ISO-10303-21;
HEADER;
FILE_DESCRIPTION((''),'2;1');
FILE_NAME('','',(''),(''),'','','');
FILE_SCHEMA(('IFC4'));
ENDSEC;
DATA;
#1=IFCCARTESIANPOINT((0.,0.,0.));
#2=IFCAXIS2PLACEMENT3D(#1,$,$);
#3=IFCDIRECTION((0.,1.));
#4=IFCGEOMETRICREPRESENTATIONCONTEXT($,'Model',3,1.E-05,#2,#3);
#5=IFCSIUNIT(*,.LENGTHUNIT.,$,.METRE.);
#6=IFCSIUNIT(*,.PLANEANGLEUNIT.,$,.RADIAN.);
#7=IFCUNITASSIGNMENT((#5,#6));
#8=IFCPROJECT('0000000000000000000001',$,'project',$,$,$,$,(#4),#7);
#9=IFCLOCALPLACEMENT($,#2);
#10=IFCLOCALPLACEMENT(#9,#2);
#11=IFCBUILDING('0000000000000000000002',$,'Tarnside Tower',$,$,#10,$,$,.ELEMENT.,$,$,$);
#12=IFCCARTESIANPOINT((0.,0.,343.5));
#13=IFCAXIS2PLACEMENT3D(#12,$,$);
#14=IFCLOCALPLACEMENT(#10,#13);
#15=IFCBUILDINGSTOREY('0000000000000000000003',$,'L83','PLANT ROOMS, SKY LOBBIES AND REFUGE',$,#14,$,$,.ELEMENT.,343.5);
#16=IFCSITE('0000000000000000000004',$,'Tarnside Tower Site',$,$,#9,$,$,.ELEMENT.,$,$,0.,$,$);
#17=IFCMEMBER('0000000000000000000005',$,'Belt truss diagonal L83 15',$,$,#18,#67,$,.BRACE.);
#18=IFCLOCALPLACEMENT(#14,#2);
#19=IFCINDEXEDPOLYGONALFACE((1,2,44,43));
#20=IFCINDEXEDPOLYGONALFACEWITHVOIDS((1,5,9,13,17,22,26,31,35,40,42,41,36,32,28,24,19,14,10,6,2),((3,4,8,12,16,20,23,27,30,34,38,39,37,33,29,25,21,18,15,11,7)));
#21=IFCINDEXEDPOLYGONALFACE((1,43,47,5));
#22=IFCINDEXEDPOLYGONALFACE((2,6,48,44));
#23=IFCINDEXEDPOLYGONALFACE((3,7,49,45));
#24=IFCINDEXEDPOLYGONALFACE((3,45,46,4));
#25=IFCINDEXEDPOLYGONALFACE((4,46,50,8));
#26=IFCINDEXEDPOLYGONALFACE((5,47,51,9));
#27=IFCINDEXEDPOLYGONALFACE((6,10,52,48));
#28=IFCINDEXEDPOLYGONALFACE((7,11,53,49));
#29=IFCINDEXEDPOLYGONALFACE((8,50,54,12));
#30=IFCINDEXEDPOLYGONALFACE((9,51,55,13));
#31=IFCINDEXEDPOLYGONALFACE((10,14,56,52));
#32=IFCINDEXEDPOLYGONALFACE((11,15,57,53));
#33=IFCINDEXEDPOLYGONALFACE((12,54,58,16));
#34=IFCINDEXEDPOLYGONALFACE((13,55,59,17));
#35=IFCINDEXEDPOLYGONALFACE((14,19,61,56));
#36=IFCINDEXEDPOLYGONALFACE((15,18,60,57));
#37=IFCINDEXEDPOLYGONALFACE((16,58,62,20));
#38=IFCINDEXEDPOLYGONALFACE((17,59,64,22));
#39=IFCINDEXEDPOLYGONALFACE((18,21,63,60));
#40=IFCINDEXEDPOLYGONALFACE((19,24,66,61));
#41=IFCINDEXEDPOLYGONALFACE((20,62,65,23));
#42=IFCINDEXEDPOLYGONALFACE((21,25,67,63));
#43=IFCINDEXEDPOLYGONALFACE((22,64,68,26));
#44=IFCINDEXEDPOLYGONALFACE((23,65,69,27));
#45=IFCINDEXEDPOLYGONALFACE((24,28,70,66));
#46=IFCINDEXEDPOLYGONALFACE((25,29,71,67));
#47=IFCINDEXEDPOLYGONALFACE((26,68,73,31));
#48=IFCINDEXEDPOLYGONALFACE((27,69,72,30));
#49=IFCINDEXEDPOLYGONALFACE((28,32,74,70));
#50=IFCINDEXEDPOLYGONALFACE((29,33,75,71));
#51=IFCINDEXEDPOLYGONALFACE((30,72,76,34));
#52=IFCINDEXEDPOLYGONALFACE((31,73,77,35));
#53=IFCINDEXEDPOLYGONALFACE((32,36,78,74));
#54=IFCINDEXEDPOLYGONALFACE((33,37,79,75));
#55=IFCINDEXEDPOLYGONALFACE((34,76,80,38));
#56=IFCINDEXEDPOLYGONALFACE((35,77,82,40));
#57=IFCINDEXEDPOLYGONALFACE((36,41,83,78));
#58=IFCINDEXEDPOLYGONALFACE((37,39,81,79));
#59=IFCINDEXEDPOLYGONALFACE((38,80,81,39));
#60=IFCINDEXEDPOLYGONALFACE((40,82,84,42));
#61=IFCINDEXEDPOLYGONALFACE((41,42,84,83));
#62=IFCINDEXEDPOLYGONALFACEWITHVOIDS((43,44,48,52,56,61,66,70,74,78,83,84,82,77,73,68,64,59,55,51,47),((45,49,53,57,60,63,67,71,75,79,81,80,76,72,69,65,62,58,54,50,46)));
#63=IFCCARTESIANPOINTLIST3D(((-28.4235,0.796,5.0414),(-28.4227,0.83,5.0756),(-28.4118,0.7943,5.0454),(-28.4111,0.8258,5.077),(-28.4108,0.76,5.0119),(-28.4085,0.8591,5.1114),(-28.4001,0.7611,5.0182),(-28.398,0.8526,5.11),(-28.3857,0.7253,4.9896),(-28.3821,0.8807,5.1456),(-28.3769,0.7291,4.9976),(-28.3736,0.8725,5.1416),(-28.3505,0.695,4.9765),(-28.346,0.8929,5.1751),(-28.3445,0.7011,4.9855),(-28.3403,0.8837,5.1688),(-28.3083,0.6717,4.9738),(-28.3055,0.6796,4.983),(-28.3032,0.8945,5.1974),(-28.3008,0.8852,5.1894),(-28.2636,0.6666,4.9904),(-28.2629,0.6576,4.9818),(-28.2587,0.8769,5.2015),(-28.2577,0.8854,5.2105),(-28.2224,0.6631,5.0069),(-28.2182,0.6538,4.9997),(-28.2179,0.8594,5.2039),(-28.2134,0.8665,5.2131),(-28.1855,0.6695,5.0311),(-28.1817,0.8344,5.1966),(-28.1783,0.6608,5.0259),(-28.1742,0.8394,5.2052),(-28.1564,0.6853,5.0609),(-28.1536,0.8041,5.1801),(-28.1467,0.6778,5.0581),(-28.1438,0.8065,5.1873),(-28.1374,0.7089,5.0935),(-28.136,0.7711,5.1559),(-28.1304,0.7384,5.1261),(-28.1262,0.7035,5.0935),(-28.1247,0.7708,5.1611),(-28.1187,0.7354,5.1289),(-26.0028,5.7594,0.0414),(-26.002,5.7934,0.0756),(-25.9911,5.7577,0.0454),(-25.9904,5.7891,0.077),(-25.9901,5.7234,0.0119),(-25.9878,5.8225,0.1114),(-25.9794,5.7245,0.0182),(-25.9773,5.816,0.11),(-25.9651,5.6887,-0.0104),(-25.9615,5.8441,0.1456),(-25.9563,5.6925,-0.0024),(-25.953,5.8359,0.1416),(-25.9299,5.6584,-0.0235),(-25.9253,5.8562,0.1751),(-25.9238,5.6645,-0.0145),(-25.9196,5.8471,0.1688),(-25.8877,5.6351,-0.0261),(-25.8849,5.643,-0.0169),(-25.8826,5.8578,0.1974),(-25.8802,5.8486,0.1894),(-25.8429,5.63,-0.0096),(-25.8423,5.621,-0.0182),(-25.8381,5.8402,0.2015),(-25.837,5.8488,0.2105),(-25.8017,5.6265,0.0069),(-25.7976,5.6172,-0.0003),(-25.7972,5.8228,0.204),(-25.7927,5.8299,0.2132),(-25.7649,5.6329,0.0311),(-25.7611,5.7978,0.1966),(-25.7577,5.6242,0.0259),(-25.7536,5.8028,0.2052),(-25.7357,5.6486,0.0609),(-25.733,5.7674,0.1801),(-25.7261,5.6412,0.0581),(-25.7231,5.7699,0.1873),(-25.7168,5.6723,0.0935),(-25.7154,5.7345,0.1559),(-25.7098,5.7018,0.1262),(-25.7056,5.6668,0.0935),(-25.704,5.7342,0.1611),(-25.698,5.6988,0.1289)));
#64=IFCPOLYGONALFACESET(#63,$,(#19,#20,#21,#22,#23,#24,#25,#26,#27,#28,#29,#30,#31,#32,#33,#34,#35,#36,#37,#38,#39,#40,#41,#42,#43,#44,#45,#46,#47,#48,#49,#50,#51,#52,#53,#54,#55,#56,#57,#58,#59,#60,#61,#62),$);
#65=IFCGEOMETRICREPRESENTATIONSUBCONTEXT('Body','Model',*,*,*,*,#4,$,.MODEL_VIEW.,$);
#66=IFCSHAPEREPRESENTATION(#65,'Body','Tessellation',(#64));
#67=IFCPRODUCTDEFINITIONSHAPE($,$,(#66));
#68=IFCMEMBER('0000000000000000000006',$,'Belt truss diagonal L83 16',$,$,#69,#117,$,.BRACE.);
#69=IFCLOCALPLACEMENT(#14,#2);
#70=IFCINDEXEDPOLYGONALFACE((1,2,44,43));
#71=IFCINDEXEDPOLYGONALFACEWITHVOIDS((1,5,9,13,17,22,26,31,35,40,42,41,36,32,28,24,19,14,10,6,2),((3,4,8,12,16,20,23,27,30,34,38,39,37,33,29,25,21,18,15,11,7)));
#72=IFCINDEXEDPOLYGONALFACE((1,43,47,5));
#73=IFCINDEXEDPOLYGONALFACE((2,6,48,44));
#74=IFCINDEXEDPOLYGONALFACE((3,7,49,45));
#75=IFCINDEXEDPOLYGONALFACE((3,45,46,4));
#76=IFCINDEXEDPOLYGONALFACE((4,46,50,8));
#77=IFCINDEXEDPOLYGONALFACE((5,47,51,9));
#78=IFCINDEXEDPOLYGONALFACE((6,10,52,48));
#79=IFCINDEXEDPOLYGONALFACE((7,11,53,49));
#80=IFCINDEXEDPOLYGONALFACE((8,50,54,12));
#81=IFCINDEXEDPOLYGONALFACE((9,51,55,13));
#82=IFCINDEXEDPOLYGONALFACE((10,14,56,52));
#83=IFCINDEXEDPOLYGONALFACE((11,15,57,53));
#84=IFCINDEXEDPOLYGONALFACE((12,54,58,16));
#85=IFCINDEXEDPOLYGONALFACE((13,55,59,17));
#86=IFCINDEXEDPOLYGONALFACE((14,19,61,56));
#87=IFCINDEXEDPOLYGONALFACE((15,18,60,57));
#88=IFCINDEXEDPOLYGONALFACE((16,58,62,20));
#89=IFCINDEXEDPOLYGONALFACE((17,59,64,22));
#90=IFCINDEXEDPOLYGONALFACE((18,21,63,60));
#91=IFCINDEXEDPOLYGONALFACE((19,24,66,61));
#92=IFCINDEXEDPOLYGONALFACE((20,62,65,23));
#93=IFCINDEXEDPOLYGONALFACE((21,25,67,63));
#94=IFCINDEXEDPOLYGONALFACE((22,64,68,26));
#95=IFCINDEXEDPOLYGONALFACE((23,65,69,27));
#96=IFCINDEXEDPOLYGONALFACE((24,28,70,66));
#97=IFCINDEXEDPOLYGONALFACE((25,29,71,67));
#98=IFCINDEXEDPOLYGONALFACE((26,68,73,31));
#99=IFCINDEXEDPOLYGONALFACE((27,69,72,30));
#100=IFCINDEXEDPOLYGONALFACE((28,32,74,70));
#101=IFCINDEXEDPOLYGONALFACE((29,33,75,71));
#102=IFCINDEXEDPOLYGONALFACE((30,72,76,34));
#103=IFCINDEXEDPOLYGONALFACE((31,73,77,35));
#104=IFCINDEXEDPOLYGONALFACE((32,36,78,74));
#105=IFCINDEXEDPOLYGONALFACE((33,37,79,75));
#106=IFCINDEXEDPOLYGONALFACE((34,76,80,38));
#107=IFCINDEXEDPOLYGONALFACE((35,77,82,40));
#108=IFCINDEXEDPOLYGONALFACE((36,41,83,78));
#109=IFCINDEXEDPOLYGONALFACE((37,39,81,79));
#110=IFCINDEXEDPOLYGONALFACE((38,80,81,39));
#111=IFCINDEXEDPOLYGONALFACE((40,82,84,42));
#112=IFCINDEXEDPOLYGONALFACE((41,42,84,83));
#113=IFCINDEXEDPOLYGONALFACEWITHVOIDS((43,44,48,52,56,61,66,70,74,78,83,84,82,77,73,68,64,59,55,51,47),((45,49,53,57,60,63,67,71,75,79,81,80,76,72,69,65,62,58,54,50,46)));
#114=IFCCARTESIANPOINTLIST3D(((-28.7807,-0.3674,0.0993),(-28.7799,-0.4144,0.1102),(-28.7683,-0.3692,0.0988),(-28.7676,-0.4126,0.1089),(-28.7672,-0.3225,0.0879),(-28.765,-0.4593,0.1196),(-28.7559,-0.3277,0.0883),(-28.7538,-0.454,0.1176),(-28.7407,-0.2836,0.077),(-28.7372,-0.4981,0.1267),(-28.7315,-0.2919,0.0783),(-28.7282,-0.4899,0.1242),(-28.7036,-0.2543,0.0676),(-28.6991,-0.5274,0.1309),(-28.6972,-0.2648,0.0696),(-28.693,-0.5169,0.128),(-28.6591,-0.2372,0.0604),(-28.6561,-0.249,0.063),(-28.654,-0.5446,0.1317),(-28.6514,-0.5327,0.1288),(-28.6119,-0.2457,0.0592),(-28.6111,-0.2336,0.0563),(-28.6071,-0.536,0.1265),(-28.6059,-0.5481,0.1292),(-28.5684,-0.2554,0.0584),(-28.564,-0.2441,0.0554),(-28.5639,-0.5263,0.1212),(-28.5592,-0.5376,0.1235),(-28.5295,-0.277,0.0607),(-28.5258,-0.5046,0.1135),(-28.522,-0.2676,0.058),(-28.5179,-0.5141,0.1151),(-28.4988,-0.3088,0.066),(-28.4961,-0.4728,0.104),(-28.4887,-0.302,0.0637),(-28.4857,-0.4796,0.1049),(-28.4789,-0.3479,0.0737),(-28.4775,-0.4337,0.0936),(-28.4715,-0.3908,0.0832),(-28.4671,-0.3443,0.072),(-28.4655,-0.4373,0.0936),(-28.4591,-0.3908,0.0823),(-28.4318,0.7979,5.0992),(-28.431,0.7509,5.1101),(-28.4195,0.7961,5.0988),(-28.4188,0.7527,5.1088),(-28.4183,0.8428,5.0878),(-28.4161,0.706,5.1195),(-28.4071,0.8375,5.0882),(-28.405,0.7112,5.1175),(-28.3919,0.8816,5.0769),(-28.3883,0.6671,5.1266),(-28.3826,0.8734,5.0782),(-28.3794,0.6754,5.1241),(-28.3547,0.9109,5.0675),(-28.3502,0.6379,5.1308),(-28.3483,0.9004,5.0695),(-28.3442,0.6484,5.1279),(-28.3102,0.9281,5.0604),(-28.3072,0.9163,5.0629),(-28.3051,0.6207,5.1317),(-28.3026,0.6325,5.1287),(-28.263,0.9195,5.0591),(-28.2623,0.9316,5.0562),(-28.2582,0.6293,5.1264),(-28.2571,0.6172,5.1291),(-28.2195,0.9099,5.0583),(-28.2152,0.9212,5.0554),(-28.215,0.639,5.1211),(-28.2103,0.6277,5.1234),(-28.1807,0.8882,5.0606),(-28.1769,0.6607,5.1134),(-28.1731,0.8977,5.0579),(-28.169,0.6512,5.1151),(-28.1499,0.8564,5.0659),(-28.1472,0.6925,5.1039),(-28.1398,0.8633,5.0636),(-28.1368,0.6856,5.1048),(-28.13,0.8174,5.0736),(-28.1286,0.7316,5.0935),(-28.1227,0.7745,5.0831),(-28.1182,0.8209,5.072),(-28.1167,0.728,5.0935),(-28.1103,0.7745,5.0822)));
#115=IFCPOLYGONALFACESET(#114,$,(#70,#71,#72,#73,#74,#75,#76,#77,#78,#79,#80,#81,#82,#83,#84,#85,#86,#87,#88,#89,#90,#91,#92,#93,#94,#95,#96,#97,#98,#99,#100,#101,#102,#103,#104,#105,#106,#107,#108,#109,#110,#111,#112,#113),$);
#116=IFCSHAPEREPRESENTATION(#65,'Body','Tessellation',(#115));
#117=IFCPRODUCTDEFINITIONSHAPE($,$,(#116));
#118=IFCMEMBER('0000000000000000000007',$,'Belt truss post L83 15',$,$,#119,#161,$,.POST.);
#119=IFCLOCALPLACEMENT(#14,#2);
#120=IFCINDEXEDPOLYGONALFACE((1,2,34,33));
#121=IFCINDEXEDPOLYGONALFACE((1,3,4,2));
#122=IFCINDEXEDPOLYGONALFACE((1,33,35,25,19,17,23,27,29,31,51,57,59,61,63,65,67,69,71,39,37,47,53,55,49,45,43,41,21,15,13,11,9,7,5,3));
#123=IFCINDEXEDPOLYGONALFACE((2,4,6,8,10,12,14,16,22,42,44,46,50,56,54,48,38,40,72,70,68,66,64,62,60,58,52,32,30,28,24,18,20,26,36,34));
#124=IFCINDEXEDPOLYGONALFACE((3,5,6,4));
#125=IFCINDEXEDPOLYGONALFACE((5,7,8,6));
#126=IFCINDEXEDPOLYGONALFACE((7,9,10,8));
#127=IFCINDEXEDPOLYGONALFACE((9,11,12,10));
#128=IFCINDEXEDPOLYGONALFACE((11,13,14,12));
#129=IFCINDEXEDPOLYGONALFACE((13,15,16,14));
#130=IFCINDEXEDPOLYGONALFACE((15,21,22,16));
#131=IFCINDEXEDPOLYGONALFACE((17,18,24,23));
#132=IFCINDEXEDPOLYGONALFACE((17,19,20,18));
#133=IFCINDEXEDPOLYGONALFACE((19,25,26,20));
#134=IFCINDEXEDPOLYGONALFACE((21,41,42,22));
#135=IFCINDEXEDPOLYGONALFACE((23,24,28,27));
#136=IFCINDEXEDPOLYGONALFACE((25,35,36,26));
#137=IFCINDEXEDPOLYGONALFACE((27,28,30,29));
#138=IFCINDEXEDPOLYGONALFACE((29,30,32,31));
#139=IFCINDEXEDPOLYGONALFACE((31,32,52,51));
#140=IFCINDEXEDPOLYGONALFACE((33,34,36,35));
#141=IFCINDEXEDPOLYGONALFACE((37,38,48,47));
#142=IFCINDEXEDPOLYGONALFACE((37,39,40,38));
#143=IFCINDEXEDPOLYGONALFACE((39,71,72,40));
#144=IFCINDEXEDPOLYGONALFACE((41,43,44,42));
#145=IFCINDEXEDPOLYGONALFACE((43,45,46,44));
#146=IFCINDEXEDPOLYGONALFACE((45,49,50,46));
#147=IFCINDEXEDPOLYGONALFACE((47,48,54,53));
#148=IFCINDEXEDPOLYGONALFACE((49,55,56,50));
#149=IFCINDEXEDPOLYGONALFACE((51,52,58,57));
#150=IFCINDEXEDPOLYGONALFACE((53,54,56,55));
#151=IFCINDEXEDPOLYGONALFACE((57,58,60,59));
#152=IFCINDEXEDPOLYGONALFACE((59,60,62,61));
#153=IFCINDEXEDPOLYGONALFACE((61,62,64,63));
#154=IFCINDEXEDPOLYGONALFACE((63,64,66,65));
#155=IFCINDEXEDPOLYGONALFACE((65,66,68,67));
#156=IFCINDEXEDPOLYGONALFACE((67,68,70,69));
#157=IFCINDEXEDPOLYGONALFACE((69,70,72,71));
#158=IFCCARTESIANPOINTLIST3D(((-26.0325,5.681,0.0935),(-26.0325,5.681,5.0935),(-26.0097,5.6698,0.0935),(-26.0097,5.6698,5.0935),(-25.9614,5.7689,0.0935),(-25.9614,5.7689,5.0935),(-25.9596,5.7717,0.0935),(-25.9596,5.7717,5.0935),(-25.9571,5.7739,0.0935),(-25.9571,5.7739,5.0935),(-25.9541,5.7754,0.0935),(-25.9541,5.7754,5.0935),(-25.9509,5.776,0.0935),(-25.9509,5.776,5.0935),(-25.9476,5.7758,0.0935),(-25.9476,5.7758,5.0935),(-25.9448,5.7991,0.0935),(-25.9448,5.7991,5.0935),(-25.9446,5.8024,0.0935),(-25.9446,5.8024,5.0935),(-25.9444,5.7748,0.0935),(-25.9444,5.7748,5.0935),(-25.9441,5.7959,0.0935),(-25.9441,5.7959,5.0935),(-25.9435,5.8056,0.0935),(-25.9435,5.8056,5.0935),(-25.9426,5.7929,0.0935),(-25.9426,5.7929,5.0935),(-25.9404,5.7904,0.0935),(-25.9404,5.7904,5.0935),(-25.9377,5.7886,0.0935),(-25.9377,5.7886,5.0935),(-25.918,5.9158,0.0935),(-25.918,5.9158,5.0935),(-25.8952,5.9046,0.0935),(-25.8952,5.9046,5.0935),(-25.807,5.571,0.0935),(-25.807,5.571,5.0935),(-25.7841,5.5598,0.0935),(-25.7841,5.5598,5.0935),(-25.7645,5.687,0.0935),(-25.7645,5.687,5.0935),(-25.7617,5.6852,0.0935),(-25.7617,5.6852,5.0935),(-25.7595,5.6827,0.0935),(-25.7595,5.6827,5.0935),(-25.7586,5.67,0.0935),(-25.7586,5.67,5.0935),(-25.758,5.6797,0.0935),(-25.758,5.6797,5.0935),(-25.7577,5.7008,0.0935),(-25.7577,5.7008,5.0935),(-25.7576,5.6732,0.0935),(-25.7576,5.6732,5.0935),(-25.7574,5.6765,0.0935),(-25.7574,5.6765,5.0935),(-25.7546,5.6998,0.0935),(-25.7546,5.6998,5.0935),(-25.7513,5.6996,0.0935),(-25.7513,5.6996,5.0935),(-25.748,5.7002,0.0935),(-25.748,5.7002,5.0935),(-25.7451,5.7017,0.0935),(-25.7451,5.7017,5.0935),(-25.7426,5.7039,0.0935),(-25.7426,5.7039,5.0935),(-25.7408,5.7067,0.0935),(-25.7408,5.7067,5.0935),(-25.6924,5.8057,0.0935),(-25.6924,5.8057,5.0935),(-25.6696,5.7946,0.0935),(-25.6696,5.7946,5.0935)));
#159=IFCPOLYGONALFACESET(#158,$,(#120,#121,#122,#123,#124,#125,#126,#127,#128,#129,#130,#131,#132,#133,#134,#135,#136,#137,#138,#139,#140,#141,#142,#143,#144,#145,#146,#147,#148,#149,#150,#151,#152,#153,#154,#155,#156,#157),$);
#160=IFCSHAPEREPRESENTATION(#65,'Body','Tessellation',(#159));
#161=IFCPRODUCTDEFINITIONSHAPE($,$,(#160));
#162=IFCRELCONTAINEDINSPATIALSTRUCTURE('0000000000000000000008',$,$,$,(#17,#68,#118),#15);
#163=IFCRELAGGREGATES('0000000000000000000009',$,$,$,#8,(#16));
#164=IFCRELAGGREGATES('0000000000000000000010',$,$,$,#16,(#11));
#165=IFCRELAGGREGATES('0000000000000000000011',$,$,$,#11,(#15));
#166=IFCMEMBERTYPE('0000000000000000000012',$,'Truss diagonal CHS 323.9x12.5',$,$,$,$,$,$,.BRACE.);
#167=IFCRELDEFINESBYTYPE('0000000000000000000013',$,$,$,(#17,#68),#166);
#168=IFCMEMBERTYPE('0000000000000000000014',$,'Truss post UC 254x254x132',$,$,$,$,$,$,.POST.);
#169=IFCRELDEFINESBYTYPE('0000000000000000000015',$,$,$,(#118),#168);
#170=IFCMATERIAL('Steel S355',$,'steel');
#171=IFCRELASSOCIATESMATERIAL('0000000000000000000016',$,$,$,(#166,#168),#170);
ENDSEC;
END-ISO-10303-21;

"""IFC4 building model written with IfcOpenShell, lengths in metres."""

from ifc_helpers import new_model, si_unit, direction, frame, origin, origin_2d, place, context, subcontext, project, spatial, hollow_circle, i_section, extrude, material, material_profile, profile_set, type_object, element, save


model = new_model("IFC4")

# Units and contexts
model_context = context("Model", 3, precision=1e-05, world=origin(), true_north=direction((0.0, 1.0)))
body_context = subcontext(model_context, "Body", "Model", "MODEL_VIEW")
ifc_project = project(units=[si_unit("LENGTHUNIT", "METRE"), si_unit("PLANEANGLEUNIT", "RADIAN")], contexts=[model_context])

# Site, building, storey
site_placement = place(None, origin())
site = spatial("IfcSite", under=ifc_project, at=site_placement, Name="Tarnside Tower Site", CompositionType="ELEMENT", RefElevation=0.0)
building_placement = place(site_placement, origin())
building = spatial("IfcBuilding", under=site, at=building_placement, Name="Tarnside Tower", CompositionType="ELEMENT")
storey_placement = place(building_placement, frame((0.0, 0.0, 343.5)))
storey = spatial("IfcBuildingStorey", under=building, at=storey_placement, Name="L83", Description="PLANT ROOMS, SKY LOBBIES AND REFUGE", CompositionType="ELEMENT", Elevation=343.5)

# Shared definitions
ifc_material_1 = material(Name="Steel S355", Category="steel")

# Members
ifc_material_profile_1 = material_profile(ifc_material_1, hollow_circle(Radius=0.1619, WallThickness=0.0125, at=origin_2d()), Name="CHS 323.9x12.5")
ifc_profile_set_1 = profile_set([ifc_material_profile_1], Name="Steel S355")
member_type_1 = type_object("IfcMemberType", Name="Truss diagonal CHS 323.9x12.5", PredefinedType="BRACE", material=ifc_profile_set_1)
member_1_placement = place(storey_placement, frame((-25.8511, 5.7378, 0.0935), z_axis=(-0.324943, -0.666272, 0.671188), x_axis=(0.898805, -0.43835, 0.0)))
element("IfcMember", 1, at=member_1_placement, inside=storey, type_object=member_type_1, Name="Belt truss diagonal L83 15", PredefinedType="BRACE", context=body_context, shape_type="SweptSolid", body=[
    extrude(hollow_circle(Radius=0.1619, WallThickness=0.0125, at=origin_2d()), origin(), (0.0, 0.0, 1.0), 7.4495),
])
member_2_placement = place(storey_placement, frame((-28.2717, 0.7744, 5.0935), z_axis=(-0.067798, -0.226452, -0.97166), x_axis=(0.957986, -0.286814, 0.0)))
element("IfcMember", 2, at=member_2_placement, inside=storey, type_object=member_type_1, Name="Belt truss diagonal L83 16", PredefinedType="BRACE", context=body_context, shape_type="SweptSolid", body=[
    extrude(hollow_circle(Radius=0.1619, WallThickness=0.0125, at=origin_2d()), origin(), (0.0, 0.0, 1.0), 5.1458),
])
ifc_material_profile_2 = material_profile(ifc_material_1, i_section(OverallWidth=0.2612, OverallDepth=0.2764, WebThickness=0.0154, FlangeThickness=0.0254, FilletRadius=0.0127, at=origin_2d()), Name="UC 254x254x132")
ifc_profile_set_2 = profile_set([ifc_material_profile_2], Name="Steel S355")
member_type_2 = type_object("IfcMemberType", Name="Truss post UC 254x254x132", PredefinedType="POST", material=ifc_profile_set_2)
for number, where, z_axis, x_axis, name in (
    (3, (-25.8511, 5.7378, 0.0935), (0.0, 0.0, 1.0), (-0.438371, -0.898794, 0.0), "Belt truss post L83 15"),
):
    element("IfcMember", number, at=place(storey_placement, frame(where, z_axis=z_axis, x_axis=x_axis)), inside=storey, type_object=member_type_2, Name=name, PredefinedType="POST", context=body_context, shape_type="SweptSolid", body=[
        extrude(i_section(OverallWidth=0.2612, OverallDepth=0.2764, WebThickness=0.0154, FlangeThickness=0.0254, FilletRadius=0.0127, at=origin_2d()), origin(), (0.0, 0.0, 1.0), 5.0),
    ])

save(model, "model.ifc")
